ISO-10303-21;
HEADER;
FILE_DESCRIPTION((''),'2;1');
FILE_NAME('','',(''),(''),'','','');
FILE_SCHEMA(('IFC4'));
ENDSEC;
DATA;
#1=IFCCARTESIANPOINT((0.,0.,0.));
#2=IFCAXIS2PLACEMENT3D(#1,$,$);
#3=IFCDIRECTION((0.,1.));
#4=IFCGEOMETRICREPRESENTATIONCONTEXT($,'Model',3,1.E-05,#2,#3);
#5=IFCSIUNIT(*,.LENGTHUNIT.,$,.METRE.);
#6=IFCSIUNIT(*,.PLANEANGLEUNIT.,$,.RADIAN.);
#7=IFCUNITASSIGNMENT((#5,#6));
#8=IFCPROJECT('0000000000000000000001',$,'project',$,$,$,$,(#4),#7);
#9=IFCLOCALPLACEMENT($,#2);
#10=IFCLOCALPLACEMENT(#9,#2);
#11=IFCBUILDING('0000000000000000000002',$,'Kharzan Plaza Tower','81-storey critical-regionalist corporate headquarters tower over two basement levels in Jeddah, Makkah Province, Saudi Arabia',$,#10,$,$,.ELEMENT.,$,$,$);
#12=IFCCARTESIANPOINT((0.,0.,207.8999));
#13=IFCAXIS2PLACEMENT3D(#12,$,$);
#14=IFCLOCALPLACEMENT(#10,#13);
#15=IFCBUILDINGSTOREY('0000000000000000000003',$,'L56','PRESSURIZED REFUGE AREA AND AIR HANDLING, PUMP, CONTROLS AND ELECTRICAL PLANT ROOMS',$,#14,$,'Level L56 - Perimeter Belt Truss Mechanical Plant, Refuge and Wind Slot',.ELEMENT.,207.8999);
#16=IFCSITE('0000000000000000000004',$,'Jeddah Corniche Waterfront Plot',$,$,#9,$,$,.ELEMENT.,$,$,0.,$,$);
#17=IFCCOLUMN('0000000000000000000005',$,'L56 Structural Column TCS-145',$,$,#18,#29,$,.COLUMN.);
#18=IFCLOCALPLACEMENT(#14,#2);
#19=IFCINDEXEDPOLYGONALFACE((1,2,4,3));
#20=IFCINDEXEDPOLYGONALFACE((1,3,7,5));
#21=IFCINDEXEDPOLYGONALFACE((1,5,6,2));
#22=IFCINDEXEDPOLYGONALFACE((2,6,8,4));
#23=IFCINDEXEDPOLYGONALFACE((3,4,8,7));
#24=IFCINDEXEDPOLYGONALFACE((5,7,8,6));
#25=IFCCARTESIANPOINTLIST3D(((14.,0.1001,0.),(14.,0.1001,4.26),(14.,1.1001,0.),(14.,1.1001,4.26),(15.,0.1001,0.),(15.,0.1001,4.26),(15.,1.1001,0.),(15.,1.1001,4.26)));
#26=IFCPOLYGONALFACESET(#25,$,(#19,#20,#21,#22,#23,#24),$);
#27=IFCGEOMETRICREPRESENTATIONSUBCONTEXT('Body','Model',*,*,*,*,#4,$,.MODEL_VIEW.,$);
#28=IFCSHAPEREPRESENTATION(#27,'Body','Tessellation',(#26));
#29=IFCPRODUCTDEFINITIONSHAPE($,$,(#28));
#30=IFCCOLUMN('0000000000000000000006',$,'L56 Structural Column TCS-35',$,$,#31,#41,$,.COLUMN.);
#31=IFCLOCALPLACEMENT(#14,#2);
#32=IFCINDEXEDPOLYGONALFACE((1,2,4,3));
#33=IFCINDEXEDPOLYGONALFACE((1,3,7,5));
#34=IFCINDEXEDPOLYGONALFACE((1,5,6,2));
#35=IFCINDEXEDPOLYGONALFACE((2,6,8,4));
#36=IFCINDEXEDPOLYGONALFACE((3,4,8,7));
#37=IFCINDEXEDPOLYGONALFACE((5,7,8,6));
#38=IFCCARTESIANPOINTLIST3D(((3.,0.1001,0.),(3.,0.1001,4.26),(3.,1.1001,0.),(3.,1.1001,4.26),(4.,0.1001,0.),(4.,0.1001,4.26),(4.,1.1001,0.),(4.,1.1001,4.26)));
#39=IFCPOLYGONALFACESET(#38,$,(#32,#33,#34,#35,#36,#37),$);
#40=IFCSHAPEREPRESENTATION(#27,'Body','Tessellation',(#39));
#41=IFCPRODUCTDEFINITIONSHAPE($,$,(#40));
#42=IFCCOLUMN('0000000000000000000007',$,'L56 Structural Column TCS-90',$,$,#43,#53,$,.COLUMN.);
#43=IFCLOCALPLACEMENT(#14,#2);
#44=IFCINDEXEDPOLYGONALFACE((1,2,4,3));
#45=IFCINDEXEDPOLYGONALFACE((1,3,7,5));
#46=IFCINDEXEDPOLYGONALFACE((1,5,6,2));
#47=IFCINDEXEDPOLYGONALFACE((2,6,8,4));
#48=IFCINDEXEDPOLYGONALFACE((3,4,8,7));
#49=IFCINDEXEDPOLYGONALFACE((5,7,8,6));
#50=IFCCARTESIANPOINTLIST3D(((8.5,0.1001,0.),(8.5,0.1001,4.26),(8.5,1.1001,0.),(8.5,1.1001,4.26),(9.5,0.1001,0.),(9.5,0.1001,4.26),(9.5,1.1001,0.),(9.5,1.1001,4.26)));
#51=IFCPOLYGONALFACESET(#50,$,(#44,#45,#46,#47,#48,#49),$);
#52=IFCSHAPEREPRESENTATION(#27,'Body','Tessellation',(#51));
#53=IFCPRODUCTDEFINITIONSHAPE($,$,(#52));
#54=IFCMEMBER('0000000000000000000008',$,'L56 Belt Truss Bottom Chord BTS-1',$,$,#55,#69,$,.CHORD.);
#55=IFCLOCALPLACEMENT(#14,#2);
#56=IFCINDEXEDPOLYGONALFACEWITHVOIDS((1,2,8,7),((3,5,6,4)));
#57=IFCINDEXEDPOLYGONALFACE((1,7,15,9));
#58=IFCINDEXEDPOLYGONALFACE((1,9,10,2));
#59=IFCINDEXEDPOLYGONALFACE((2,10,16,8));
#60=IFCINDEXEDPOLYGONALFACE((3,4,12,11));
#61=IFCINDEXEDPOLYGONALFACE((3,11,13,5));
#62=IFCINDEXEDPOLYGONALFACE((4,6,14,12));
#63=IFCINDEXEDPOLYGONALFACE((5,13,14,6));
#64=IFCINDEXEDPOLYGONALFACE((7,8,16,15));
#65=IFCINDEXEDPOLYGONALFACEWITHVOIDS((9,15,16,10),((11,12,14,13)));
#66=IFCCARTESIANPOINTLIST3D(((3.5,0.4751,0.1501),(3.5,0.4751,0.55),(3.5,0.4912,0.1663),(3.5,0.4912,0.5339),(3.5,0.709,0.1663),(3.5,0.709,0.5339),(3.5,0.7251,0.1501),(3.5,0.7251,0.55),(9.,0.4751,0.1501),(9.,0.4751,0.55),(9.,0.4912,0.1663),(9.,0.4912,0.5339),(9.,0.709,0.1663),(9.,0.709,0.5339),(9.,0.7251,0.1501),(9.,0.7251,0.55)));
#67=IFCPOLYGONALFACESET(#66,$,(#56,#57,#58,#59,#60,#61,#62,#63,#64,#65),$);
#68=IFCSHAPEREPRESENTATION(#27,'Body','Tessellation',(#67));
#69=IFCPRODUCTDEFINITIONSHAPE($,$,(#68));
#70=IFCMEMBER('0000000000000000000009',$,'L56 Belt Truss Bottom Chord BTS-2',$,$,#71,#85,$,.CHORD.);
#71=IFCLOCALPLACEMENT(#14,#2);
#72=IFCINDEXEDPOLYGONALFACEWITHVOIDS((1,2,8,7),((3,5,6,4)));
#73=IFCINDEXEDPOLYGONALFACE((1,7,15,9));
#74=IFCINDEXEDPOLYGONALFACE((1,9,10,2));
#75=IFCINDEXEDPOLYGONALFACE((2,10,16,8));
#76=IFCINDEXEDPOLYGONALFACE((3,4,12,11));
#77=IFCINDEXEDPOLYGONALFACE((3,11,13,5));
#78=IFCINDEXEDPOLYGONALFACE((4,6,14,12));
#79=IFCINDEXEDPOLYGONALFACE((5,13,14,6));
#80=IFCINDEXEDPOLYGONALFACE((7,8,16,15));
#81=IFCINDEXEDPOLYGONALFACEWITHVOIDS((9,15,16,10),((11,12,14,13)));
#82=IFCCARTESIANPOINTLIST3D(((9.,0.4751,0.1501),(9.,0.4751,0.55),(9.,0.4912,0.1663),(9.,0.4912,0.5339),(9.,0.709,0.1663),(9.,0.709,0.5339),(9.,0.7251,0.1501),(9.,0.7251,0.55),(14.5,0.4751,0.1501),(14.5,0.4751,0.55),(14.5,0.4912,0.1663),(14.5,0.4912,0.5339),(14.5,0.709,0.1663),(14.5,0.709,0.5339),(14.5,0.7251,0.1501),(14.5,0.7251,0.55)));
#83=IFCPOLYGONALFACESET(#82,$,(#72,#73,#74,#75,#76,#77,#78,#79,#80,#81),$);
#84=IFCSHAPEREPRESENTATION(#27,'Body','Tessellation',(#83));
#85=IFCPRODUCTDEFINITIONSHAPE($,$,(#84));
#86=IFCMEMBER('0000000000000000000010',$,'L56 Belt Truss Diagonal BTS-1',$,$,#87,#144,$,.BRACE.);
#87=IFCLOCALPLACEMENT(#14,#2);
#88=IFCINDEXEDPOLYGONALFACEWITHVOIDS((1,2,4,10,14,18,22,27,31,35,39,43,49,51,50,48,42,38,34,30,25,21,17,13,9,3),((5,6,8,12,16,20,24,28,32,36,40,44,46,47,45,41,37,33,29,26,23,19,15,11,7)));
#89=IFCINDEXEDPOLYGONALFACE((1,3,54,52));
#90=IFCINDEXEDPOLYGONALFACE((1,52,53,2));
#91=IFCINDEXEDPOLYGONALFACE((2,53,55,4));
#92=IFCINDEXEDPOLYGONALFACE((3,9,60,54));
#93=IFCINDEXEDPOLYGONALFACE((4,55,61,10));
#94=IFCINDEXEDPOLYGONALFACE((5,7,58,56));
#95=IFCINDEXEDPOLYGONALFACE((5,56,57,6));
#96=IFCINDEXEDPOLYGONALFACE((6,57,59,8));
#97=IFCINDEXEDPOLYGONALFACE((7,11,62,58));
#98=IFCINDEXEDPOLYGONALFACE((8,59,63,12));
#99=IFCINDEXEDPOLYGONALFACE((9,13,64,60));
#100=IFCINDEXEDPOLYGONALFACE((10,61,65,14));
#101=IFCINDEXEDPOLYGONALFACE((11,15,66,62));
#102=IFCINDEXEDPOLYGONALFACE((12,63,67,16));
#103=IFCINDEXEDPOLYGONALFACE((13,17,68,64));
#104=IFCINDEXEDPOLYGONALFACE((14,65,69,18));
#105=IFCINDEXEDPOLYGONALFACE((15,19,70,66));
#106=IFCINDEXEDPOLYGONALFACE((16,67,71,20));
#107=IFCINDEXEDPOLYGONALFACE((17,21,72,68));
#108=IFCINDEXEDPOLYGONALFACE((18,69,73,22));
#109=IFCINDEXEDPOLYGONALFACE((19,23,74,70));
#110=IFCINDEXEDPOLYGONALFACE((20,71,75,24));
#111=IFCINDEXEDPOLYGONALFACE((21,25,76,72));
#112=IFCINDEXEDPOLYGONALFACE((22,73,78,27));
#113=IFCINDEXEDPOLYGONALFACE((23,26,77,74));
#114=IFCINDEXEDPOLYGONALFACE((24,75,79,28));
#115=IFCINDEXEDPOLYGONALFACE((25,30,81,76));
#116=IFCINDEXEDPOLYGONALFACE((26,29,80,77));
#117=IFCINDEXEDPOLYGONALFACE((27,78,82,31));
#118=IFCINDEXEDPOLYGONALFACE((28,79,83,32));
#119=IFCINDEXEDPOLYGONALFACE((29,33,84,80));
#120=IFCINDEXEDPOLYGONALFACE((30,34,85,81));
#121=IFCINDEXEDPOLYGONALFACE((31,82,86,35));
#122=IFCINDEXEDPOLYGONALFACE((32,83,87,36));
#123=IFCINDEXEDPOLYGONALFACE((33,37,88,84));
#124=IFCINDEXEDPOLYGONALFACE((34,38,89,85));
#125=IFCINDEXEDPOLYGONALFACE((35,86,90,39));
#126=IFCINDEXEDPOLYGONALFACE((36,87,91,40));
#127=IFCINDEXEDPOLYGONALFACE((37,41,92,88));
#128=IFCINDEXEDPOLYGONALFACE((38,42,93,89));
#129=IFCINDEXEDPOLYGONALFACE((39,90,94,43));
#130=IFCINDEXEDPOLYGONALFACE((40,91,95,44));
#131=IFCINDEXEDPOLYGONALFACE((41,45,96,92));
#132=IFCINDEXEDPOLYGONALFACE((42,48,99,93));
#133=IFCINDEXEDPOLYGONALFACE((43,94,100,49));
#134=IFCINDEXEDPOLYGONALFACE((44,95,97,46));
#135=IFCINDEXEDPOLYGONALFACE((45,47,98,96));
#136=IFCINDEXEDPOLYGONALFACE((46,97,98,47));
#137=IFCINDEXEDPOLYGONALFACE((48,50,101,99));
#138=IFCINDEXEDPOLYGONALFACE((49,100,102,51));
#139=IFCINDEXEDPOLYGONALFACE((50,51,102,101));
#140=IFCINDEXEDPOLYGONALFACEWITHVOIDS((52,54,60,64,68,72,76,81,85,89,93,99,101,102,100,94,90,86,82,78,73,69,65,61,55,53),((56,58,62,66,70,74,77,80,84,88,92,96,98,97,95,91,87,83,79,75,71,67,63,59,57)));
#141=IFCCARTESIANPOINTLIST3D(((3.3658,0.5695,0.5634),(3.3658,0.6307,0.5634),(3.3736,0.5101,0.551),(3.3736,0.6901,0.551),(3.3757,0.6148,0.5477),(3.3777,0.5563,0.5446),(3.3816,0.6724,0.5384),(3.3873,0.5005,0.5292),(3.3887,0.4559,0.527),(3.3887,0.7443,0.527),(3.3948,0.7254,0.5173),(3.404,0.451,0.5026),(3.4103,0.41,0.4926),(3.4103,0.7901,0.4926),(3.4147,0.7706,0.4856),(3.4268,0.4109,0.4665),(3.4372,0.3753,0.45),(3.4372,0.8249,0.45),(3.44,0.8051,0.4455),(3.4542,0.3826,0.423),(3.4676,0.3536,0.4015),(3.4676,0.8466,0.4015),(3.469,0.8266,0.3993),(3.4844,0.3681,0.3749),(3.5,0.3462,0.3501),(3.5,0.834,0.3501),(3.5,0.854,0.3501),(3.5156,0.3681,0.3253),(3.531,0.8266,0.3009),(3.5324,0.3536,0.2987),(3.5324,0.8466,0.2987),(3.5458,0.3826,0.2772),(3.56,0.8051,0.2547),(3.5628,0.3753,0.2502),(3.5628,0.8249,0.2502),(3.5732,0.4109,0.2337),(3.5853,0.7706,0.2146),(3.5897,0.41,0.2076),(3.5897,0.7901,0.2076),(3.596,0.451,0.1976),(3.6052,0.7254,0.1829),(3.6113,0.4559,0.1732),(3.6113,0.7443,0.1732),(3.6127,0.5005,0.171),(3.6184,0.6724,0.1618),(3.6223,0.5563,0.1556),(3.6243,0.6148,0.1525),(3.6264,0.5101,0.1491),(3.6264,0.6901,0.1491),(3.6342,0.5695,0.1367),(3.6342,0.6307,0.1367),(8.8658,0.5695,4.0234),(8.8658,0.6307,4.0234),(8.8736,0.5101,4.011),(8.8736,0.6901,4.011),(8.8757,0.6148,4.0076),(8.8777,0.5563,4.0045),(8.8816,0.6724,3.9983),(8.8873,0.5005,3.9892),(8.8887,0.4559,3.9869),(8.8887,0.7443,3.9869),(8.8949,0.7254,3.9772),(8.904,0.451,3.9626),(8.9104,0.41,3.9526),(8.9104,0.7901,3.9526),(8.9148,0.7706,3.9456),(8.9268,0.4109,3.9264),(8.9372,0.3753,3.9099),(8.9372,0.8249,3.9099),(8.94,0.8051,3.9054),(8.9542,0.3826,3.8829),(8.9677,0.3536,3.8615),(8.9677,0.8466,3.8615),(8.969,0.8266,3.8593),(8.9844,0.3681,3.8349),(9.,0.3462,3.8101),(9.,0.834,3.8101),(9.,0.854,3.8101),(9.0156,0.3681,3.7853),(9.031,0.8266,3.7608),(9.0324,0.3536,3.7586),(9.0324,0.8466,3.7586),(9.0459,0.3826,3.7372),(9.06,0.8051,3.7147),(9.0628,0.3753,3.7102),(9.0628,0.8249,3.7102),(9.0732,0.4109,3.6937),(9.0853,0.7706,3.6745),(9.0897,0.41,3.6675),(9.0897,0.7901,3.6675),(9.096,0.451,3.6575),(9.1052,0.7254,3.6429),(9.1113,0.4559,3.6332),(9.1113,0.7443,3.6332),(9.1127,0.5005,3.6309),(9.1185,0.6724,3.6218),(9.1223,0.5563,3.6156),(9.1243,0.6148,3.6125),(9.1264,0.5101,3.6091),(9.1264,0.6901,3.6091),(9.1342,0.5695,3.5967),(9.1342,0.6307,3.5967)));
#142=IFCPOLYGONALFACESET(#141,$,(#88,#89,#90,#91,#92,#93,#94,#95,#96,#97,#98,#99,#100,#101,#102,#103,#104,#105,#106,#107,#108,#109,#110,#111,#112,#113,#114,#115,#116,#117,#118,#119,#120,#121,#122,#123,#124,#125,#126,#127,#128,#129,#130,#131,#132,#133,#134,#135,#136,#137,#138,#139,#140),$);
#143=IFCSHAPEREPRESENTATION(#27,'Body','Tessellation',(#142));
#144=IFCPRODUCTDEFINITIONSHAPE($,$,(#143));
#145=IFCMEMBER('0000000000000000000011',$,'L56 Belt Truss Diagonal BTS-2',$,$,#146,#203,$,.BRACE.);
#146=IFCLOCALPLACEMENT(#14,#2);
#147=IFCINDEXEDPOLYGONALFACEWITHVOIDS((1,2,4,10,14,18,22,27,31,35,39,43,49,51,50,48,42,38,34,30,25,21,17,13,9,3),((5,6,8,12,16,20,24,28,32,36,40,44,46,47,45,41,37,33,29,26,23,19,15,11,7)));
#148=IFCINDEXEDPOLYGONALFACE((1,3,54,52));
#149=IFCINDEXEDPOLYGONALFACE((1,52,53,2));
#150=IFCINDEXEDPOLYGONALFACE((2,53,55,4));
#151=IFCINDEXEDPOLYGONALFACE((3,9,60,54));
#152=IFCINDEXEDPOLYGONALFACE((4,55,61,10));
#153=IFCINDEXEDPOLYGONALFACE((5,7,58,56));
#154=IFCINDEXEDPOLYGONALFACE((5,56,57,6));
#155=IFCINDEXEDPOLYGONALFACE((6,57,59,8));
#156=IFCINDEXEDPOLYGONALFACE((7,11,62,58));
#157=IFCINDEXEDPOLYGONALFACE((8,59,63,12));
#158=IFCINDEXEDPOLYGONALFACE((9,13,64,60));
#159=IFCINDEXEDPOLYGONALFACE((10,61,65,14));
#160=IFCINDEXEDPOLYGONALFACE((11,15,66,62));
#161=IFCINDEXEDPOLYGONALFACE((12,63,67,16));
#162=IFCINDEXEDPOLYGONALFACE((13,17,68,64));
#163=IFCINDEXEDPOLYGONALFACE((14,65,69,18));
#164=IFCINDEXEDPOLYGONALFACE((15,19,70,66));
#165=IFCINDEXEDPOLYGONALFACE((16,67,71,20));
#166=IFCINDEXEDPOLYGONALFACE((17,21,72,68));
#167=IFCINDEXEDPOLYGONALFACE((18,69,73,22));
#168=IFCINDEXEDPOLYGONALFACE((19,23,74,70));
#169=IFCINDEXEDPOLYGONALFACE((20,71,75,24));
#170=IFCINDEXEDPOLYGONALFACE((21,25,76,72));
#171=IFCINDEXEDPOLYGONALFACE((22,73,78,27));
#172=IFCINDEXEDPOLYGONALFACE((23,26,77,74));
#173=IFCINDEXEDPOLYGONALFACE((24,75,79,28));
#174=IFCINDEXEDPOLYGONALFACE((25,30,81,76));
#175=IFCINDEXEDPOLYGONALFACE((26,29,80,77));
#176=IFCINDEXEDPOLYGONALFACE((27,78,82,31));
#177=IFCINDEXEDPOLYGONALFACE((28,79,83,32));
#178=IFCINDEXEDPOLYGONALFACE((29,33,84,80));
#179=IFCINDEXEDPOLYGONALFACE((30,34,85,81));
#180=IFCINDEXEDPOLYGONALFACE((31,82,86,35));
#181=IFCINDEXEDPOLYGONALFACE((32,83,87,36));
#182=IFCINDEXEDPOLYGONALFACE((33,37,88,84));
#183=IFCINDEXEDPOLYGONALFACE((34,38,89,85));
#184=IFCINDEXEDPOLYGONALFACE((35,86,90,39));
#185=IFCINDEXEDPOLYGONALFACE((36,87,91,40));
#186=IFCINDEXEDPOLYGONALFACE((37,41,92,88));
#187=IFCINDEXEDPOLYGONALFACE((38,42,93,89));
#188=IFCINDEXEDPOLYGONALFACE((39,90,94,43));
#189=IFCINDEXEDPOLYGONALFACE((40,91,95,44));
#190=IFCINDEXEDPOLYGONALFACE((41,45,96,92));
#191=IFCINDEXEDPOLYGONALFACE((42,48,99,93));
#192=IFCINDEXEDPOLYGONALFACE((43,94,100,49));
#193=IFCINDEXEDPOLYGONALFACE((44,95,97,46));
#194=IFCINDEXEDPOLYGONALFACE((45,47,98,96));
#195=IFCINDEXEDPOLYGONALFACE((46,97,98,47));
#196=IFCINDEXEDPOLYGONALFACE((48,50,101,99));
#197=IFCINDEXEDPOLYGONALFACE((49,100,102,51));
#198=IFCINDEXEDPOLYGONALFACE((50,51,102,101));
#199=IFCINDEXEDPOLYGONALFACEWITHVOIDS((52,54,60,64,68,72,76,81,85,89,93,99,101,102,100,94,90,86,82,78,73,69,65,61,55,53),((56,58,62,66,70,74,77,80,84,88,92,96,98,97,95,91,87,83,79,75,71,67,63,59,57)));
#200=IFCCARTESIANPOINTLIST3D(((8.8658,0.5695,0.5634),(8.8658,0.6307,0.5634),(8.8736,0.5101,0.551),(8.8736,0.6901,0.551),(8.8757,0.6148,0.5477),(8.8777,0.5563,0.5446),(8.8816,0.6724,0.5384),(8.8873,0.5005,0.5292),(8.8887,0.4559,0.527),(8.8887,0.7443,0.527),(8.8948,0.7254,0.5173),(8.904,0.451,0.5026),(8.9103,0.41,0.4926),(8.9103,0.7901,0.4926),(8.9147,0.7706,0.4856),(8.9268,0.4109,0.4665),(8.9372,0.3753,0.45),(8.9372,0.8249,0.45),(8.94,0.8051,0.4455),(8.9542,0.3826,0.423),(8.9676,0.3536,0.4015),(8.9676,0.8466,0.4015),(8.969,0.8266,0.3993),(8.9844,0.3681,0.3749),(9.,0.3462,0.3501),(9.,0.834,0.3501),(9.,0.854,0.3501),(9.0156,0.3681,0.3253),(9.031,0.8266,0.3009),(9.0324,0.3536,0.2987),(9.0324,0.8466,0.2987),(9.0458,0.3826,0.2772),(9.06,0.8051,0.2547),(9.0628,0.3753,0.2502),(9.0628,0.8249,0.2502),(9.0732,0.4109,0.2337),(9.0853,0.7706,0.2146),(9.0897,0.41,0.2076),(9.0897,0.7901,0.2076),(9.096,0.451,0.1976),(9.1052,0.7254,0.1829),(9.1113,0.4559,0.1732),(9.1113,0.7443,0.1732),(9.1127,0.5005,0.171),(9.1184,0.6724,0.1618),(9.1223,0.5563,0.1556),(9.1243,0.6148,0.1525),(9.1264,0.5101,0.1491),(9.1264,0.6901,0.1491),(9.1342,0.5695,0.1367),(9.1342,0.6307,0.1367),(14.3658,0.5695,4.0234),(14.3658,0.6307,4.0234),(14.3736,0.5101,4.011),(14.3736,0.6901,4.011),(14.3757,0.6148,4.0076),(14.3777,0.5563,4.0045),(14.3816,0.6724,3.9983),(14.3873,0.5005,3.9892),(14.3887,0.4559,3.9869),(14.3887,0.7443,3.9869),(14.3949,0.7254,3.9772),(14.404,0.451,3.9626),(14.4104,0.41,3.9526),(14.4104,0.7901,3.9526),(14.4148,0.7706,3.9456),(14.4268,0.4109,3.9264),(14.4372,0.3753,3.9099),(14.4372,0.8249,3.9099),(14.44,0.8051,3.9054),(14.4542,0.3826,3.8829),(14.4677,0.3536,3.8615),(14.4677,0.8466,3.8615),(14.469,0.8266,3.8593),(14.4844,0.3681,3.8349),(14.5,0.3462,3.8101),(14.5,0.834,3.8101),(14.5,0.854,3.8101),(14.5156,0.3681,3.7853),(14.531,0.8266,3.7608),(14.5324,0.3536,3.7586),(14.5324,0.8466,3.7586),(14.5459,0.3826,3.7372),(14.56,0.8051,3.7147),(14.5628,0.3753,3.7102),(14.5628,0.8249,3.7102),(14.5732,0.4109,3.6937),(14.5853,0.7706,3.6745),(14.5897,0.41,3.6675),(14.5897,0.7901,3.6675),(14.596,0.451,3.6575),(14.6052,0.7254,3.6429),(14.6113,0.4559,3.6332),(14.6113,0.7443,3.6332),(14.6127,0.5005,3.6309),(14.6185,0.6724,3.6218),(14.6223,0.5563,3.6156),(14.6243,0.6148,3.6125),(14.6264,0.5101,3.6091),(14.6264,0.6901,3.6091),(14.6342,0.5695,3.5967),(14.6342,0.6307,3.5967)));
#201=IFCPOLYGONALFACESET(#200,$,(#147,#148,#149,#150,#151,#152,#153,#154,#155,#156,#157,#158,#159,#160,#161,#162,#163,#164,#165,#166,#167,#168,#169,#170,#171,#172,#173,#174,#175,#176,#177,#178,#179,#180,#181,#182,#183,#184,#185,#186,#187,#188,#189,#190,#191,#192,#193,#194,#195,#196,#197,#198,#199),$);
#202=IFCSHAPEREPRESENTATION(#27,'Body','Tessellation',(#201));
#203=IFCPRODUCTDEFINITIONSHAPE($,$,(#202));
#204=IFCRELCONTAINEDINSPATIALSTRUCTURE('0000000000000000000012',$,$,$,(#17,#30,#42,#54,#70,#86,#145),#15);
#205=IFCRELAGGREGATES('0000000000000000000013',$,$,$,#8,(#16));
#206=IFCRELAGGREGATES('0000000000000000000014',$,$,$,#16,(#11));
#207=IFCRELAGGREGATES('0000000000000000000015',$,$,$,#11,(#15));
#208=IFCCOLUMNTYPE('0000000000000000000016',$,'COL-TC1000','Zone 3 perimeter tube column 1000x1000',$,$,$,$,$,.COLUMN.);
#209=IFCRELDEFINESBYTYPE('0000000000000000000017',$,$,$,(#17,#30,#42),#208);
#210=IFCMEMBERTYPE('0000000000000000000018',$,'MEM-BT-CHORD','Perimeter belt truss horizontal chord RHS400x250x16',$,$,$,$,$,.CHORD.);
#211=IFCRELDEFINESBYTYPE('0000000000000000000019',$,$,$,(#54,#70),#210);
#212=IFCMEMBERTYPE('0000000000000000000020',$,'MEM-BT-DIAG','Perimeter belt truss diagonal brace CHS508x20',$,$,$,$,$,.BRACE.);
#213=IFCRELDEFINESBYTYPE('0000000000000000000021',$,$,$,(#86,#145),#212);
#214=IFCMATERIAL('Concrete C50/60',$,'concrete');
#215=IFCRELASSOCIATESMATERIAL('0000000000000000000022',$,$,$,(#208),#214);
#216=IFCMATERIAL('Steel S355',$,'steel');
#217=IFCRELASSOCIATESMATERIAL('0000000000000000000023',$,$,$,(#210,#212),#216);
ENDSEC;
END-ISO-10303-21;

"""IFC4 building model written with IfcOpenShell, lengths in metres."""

from ifc_helpers import new_model, si_unit, direction, frame, origin, origin_2d, place, context, subcontext, project, spatial, rectangle, hollow_rectangle, hollow_circle, extrude, source, transform, mapped, material, material_profile, profile_set, type_object, element, save


model = new_model("IFC4")

# Units and contexts
model_context = context("Model", 3, precision=1e-05, world=origin(), true_north=direction((0.0, 1.0)))
body_context = subcontext(model_context, "Body", "Model", "MODEL_VIEW")
ifc_project = project(units=[si_unit("LENGTHUNIT", "METRE"), si_unit("PLANEANGLEUNIT", "RADIAN")], contexts=[model_context])

# Site, building, storey
site_placement = place(None, origin())
site = spatial("IfcSite", under=ifc_project, at=site_placement, Name="Jeddah Corniche Waterfront Plot", CompositionType="ELEMENT", RefElevation=0.0)
building_placement = place(site_placement, origin())
building = spatial("IfcBuilding", under=site, at=building_placement, Name="Kharzan Plaza Tower", Description="81-storey critical-regionalist corporate headquarters tower over two basement levels in Jeddah, Makkah Province, Saudi Arabia", CompositionType="ELEMENT")
storey_placement = place(building_placement, frame((0.0, 0.0, 207.8999)))
storey = spatial("IfcBuildingStorey", under=building, at=storey_placement, Name="L56", Description="PRESSURIZED REFUGE AREA AND AIR HANDLING, PUMP, CONTROLS AND ELECTRICAL PLANT ROOMS", LongName="Level L56 - Perimeter Belt Truss Mechanical Plant, Refuge and Wind Slot", CompositionType="ELEMENT", Elevation=207.8999)

# Columns
ifc_material_1 = material(Name="Concrete C50/60", Category="concrete")
ifc_material_profile_1 = material_profile(ifc_material_1, rectangle(XDim=1.0, YDim=1.0, at=origin_2d()), Name="RC-TC1000x1000")
ifc_profile_set_1 = profile_set([ifc_material_profile_1], Name="Concrete C50/60")
column_type = type_object("IfcColumnType", Name="COL-TC1000", Description="Zone 3 perimeter tube column 1000x1000", PredefinedType="COLUMN", material=ifc_profile_set_1)
shared_shape_1 = source(origin(), body_context, "Body", "SweptSolid", [
    extrude(rectangle(XDim=1.0, YDim=1.0, at=origin_2d()), origin(), (0.0, 0.0, 1.0), 4.26),
])
for number, where, z_axis, x_axis, name in (
    (1, (14.5, 0.6001, 0.0), (0.0, 0.0, 1.0), (1.0, 0.0, 0.0), "L56 Structural Column TCS-145"),
    (2, (3.5, 0.6001, 0.0), (0.0, 0.0, 1.0), (1.0, 0.0, 0.0), "L56 Structural Column TCS-35"),
    (3, (9.0, 0.6001, 0.0), (0.0, 0.0, 1.0), (1.0, 0.0, 0.0), "L56 Structural Column TCS-90"),
):
    element("IfcColumn", number, at=place(storey_placement, frame(where, z_axis=z_axis, x_axis=x_axis)), inside=storey, type_object=column_type, Name=name, PredefinedType="COLUMN", context=body_context, shape_type="MappedRepresentation", body=[
        mapped(shared_shape_1, transform((0.0, 0.0, 0.0), x_axis=(1.0, 0.0, 0.0), y_axis=(0.0, 1.0, 0.0), z_axis=(0.0, 0.0, 1.0))),
    ])

# Members
ifc_material_2 = material(Name="Steel S355", Category="steel")
ifc_material_profile_2 = material_profile(ifc_material_2, hollow_rectangle(XDim=0.25, YDim=0.3999, WallThickness=0.0161, at=origin_2d()), Name="RHS400x250x16")
ifc_profile_set_2 = profile_set([ifc_material_profile_2], Name="Steel S355")
member_type_1 = type_object("IfcMemberType", Name="MEM-BT-CHORD", Description="Perimeter belt truss horizontal chord RHS400x250x16", PredefinedType="CHORD", material=ifc_profile_set_2)
shared_shape_2 = source(origin(), body_context, "Body", "SweptSolid", [
    extrude(hollow_rectangle(XDim=0.25, YDim=0.3999, WallThickness=0.0161, at=origin_2d()), origin(), (0.0, 0.0, 1.0), 5.5),
])
for number, where, z_axis, x_axis, name in (
    (4, (3.5, 0.6001, 0.3501), (1.0, 0.0, 0.0), (0.0, 1.0, 0.0), "L56 Belt Truss Bottom Chord BTS-1"),
    (5, (9.0, 0.6001, 0.3501), (1.0, 0.0, 0.0), (0.0, 1.0, 0.0), "L56 Belt Truss Bottom Chord BTS-2"),
):
    element("IfcMember", number, at=place(storey_placement, frame(where, z_axis=z_axis, x_axis=x_axis)), inside=storey, type_object=member_type_1, Name=name, PredefinedType="CHORD", context=body_context, shape_type="MappedRepresentation", body=[
        mapped(shared_shape_2, transform((0.0, 0.0, 0.0), x_axis=(1.0, 0.0, 0.0), y_axis=(0.0, 1.0, 0.0), z_axis=(0.0, 0.0, 1.0))),
    ])
ifc_material_profile_3 = material_profile(ifc_material_2, hollow_circle(Radius=0.2539, WallThickness=0.02, at=origin_2d()), Name="CHS508x20")
ifc_profile_set_3 = profile_set([ifc_material_profile_3], Name="Steel S355")
member_type_2 = type_object("IfcMemberType", Name="MEM-BT-DIAG", Description="Perimeter belt truss diagonal brace CHS508x20", PredefinedType="BRACE", material=ifc_profile_set_3)
shared_shape_3 = source(origin(), body_context, "Body", "SweptSolid", [
    extrude(hollow_circle(Radius=0.2539, WallThickness=0.02, at=origin_2d()), origin(), (0.0, 0.0, 1.0), 6.4978),
])
for number, where, z_axis, x_axis, name in (
    (6, (3.5, 0.6001, 0.3501), (0.846441, 0.0, 0.532482), (0.0, 1.0, 0.0), "L56 Belt Truss Diagonal BTS-1"),
    (7, (9.0, 0.6001, 0.3501), (0.846441, 0.0, 0.532482), (0.0, 1.0, 0.0), "L56 Belt Truss Diagonal BTS-2"),
):
    element("IfcMember", number, at=place(storey_placement, frame(where, z_axis=z_axis, x_axis=x_axis)), inside=storey, type_object=member_type_2, Name=name, PredefinedType="BRACE", context=body_context, shape_type="MappedRepresentation", body=[
        mapped(shared_shape_3, transform((0.0, 0.0, 0.0), x_axis=(1.0, 0.0, 0.0), y_axis=(0.0, 1.0, 0.0), z_axis=(0.0, 0.0, 1.0))),
    ])

save(model, "model.ifc")
